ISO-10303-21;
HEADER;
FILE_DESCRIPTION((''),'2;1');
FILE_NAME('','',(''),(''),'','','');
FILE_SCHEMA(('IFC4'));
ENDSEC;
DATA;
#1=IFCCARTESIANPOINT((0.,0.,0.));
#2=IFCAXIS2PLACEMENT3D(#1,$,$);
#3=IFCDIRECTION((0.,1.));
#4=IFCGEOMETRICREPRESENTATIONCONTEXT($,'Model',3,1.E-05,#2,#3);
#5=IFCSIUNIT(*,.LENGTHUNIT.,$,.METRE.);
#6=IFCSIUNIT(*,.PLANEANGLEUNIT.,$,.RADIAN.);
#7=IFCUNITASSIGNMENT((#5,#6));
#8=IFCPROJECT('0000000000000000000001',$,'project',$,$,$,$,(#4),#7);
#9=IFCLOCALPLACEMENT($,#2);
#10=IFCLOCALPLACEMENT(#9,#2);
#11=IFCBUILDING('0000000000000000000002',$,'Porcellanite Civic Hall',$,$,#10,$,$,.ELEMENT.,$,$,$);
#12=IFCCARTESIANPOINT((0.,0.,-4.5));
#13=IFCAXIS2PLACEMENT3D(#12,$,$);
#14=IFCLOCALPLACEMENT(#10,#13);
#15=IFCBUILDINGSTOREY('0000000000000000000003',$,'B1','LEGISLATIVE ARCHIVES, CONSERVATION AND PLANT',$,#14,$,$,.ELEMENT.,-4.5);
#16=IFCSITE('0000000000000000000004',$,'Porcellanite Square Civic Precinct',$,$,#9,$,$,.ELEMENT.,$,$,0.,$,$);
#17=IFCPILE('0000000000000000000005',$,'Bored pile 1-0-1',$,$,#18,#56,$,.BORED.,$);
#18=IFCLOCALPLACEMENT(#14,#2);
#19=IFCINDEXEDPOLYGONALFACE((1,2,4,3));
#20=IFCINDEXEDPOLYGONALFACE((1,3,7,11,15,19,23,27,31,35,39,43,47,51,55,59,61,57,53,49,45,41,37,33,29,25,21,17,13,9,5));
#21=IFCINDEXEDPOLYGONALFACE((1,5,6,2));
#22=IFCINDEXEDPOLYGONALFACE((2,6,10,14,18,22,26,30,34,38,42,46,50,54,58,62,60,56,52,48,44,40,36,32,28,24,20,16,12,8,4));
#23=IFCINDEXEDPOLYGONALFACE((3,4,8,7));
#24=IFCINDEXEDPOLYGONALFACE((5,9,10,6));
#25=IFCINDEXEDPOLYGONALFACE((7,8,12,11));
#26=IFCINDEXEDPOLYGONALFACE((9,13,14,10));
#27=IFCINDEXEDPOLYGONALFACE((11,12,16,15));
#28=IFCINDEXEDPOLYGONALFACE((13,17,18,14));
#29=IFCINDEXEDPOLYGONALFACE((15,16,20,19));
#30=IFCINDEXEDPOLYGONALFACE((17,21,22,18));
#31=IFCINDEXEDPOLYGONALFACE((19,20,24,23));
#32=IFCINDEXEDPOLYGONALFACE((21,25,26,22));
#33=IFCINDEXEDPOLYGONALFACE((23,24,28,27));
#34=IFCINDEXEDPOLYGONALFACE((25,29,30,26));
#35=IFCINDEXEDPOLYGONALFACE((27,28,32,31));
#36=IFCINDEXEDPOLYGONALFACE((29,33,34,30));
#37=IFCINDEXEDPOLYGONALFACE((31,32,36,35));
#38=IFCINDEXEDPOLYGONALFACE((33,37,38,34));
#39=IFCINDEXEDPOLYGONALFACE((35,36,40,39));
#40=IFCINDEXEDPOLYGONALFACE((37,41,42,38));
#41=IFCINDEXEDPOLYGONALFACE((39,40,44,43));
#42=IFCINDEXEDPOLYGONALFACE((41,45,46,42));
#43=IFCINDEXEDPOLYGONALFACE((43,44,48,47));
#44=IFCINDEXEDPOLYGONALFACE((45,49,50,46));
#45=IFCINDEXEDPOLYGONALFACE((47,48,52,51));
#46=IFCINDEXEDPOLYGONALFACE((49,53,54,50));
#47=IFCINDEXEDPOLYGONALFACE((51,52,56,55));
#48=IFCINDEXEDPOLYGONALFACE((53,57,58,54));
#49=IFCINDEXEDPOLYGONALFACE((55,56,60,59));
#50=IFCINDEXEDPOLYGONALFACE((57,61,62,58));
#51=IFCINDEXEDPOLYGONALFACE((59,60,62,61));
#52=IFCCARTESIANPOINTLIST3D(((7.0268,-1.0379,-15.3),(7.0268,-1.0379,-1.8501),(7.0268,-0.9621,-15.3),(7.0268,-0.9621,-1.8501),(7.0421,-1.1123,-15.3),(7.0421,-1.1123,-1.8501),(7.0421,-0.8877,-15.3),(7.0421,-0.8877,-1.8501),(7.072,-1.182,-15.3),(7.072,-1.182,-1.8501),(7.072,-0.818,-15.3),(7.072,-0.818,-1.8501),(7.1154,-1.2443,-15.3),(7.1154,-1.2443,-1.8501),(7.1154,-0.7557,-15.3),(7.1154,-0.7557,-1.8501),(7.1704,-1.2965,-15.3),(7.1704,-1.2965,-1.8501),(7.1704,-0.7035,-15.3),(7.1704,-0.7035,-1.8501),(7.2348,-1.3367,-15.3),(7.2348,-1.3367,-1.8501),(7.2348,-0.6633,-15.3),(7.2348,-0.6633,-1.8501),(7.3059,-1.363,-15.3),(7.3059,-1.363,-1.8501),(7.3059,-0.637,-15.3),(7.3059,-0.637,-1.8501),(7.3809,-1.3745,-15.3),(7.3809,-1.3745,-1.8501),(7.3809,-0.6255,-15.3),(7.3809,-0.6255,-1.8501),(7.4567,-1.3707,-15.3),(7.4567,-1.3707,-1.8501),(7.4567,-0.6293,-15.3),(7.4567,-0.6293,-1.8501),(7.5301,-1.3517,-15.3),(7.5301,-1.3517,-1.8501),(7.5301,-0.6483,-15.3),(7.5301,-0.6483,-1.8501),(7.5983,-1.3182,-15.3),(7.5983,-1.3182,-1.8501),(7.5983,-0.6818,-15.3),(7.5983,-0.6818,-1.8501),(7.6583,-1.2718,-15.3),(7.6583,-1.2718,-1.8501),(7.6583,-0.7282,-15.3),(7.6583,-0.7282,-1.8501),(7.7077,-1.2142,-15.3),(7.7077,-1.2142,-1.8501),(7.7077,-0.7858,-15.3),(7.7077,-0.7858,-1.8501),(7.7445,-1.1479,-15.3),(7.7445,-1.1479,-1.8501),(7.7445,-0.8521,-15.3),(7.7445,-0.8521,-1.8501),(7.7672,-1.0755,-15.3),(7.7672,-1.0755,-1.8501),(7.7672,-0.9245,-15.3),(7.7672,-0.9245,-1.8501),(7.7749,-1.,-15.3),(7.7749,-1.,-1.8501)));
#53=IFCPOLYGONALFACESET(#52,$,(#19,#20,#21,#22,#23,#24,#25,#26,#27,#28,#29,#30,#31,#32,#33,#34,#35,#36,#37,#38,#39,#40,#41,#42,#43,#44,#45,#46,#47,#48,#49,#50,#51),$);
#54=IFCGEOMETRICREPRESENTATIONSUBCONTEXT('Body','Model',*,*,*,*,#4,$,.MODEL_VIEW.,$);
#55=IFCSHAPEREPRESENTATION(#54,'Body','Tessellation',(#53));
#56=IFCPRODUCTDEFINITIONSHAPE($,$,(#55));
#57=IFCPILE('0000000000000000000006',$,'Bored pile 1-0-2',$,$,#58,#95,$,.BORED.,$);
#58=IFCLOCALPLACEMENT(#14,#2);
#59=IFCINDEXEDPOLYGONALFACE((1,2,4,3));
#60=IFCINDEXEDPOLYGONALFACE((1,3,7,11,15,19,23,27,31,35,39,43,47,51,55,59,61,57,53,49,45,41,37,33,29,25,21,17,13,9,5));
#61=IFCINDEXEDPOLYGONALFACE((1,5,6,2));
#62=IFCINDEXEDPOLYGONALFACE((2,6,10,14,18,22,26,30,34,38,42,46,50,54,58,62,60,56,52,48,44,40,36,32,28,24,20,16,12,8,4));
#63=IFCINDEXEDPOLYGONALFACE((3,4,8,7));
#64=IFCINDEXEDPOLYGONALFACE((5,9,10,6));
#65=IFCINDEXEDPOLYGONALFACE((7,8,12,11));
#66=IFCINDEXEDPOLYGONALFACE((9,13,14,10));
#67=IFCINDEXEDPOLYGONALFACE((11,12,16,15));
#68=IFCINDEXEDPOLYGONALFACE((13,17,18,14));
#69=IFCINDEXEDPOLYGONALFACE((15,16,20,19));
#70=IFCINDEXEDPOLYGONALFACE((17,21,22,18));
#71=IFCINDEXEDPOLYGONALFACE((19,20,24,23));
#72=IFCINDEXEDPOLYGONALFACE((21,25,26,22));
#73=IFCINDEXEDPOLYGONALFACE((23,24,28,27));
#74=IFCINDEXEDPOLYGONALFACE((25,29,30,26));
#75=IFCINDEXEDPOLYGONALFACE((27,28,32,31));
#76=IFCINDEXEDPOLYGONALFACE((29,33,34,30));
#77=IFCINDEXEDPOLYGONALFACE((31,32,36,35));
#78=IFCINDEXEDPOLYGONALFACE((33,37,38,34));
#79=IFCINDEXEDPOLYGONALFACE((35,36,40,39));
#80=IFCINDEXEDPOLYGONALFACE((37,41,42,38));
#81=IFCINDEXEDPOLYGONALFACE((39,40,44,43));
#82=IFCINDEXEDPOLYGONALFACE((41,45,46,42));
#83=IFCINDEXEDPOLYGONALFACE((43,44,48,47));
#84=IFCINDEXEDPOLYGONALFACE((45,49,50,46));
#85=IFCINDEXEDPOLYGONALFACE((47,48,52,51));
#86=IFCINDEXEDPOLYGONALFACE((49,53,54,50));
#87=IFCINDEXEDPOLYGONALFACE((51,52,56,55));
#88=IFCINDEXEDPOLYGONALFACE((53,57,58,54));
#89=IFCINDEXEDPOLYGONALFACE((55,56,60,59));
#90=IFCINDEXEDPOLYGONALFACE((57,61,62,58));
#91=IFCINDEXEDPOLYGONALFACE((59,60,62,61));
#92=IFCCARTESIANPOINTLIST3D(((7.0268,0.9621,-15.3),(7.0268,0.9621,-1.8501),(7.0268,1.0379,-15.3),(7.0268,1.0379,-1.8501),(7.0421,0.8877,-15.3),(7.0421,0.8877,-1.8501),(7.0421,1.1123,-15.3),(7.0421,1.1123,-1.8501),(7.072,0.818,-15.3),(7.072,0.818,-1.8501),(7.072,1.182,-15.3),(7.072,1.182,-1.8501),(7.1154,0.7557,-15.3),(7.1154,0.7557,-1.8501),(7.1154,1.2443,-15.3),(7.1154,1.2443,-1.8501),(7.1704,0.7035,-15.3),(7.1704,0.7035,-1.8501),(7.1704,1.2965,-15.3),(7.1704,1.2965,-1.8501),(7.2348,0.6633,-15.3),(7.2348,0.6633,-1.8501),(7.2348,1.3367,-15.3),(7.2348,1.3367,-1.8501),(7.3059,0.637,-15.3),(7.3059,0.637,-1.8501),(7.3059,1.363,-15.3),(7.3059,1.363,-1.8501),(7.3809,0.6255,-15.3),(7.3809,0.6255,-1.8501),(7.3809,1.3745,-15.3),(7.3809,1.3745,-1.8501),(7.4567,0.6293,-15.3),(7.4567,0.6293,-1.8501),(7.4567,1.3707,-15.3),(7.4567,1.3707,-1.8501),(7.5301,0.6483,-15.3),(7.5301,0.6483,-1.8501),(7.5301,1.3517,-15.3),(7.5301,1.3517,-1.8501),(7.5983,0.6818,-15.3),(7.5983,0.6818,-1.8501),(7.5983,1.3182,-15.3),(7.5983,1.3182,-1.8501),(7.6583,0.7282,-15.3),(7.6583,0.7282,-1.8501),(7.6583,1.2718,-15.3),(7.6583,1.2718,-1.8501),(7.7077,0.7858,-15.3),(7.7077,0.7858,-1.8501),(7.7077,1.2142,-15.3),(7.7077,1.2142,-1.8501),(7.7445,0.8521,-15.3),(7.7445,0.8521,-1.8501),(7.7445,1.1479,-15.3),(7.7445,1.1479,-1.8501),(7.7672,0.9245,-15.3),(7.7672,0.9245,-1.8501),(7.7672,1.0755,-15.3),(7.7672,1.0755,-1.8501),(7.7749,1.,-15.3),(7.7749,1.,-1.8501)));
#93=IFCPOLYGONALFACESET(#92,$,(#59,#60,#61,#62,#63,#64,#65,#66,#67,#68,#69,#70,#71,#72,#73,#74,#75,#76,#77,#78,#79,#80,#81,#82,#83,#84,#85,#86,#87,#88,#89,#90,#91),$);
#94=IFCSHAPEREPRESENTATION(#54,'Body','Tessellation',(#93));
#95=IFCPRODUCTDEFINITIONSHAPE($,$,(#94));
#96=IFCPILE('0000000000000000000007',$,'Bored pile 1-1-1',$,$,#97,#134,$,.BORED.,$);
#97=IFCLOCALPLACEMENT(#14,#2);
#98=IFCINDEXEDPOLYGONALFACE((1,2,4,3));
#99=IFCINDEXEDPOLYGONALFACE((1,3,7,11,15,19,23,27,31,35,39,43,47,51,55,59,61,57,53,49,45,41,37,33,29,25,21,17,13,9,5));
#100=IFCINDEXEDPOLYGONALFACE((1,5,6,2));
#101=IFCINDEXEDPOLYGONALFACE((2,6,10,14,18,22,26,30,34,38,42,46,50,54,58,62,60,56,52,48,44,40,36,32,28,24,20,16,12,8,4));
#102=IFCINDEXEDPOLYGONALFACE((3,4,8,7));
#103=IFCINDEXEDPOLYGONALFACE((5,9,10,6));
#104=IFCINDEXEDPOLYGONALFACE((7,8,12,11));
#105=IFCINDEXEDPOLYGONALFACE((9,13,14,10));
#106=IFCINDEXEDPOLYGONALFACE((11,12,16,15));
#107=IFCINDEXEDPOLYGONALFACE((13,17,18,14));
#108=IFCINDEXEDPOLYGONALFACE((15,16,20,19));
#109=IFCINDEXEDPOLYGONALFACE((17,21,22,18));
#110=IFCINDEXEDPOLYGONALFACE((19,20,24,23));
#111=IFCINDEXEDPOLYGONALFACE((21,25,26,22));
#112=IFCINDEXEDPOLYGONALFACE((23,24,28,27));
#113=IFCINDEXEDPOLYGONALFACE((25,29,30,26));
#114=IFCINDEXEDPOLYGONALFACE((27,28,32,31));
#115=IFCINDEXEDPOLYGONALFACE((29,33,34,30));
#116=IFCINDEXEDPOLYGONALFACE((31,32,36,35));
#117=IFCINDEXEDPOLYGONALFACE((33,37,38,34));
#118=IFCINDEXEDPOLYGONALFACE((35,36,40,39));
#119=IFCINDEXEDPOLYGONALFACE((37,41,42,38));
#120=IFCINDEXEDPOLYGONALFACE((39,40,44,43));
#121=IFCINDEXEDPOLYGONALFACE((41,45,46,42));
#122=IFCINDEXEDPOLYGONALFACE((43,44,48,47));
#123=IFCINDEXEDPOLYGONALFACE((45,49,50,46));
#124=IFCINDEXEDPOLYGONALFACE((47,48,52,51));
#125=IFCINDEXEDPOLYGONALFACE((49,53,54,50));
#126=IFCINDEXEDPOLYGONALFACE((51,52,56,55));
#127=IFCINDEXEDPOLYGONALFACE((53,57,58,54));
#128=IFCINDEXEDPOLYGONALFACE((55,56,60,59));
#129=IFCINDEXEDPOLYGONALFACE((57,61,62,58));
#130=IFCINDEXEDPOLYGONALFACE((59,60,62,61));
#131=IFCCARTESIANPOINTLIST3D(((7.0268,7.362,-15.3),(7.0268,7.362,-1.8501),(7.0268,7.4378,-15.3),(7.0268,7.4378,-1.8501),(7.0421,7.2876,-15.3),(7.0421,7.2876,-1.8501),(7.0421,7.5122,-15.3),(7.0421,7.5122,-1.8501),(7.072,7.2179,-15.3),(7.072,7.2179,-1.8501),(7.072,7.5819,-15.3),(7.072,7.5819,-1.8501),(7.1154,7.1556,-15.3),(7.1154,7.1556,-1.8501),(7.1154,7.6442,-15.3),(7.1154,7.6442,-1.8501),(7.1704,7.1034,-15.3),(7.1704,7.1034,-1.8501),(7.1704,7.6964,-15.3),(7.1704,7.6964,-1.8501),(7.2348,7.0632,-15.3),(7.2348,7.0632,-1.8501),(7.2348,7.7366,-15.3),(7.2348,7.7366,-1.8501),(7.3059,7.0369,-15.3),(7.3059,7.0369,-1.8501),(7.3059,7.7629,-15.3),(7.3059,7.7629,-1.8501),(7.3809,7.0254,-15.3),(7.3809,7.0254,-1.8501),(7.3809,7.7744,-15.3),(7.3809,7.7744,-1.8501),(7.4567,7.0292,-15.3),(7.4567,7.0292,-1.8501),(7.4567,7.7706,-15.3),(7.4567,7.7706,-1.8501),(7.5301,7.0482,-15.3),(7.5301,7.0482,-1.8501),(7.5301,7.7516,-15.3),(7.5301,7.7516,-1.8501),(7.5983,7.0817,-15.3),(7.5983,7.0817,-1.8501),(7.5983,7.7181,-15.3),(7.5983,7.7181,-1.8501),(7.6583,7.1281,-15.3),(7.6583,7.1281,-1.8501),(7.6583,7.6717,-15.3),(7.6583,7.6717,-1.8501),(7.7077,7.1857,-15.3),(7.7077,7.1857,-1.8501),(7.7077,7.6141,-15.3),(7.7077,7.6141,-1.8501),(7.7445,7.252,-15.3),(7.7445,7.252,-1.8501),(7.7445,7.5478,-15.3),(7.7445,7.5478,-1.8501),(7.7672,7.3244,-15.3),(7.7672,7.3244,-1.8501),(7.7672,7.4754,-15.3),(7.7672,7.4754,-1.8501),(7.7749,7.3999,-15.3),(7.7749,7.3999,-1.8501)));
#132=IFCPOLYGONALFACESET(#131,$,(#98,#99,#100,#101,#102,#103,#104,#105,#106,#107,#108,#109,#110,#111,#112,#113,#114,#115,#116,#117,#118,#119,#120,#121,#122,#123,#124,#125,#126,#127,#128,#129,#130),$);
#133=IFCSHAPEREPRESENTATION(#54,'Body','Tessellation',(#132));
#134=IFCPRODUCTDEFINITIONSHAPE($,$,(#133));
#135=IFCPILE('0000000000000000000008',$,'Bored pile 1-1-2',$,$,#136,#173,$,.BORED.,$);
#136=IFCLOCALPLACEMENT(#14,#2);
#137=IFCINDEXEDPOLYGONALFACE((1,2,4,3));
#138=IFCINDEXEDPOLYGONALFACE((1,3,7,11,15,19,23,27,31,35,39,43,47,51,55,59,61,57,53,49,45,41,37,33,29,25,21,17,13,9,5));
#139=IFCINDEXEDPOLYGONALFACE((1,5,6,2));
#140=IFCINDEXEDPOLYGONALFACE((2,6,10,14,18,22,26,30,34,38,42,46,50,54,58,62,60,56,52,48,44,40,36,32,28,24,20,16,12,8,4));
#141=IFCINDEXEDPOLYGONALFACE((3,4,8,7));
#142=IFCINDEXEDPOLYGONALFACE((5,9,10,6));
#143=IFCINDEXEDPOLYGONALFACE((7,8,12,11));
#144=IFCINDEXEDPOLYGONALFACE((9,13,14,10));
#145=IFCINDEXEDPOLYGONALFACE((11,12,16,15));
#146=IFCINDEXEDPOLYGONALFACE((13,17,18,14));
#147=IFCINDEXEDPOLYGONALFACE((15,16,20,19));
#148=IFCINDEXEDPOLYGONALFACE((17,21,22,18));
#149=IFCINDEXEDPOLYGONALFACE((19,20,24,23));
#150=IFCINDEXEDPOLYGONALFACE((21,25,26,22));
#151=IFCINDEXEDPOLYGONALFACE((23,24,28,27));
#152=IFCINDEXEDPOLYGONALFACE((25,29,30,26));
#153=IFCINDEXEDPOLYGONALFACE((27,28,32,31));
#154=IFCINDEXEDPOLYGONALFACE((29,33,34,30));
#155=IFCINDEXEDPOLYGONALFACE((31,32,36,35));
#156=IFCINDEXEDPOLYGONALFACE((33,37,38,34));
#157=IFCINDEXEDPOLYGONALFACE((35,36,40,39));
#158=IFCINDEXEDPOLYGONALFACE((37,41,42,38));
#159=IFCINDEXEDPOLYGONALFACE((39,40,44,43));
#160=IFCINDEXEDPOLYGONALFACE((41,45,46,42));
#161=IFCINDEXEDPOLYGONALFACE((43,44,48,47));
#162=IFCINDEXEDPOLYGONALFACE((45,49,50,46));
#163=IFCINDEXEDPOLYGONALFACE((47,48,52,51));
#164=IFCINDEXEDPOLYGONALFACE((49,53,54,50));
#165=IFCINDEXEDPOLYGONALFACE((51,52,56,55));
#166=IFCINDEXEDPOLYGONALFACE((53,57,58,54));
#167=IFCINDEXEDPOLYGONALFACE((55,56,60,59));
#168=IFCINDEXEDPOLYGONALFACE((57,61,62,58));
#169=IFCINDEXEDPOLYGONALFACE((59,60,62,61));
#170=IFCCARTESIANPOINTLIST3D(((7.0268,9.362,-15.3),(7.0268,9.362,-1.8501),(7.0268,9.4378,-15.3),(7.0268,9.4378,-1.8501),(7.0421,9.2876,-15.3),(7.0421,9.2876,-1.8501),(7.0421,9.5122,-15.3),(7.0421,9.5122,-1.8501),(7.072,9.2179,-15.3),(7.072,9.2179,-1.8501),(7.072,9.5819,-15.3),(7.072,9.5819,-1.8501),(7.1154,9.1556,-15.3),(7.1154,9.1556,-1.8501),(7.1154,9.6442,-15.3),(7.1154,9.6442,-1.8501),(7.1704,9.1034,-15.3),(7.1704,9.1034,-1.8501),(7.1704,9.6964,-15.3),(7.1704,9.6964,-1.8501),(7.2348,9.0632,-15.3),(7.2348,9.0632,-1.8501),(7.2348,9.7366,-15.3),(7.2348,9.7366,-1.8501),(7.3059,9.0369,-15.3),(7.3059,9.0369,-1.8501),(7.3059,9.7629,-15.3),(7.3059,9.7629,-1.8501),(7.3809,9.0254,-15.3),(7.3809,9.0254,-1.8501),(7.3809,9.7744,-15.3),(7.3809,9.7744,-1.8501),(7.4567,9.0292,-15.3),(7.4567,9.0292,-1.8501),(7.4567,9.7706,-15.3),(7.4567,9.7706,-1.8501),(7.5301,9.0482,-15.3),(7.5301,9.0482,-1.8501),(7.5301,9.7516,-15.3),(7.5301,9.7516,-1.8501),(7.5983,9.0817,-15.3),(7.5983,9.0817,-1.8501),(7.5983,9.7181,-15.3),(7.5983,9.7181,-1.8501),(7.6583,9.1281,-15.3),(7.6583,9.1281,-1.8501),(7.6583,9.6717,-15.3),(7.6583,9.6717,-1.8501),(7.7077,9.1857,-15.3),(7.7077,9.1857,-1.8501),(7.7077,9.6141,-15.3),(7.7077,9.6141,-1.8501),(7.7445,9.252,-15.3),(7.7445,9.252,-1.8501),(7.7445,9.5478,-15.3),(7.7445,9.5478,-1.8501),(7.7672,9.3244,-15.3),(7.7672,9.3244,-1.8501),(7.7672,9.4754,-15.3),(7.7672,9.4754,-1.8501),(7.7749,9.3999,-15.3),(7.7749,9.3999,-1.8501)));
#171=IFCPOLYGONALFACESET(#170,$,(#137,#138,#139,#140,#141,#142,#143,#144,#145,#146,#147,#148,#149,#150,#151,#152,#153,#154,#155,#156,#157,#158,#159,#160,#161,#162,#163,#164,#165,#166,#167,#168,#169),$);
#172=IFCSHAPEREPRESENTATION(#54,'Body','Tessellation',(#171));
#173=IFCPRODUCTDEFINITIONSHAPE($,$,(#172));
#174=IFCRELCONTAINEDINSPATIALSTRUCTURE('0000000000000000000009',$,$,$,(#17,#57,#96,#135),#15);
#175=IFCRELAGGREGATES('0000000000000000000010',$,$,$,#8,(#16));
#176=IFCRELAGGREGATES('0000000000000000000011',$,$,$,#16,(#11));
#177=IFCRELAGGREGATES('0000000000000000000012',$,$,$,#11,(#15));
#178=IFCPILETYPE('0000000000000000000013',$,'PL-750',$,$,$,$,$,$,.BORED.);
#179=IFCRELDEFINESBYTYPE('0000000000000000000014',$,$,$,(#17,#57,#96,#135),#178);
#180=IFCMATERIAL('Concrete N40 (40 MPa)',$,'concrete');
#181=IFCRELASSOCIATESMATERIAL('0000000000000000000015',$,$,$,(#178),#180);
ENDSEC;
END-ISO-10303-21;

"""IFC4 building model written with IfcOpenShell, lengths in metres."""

from ifc_helpers import new_model, si_unit, direction, frame, origin, origin_2d, place, context, subcontext, project, spatial, circle, extrude, material, material_profile, profile_set, type_object, element, save


model = new_model("IFC4")

# Units and contexts
model_context = context("Model", 3, precision=1e-05, world=origin(), true_north=direction((0.0, 1.0)))
body_context = subcontext(model_context, "Body", "Model", "MODEL_VIEW")
ifc_project = project(units=[si_unit("LENGTHUNIT", "METRE"), si_unit("PLANEANGLEUNIT", "RADIAN")], contexts=[model_context])

# Site, building, storey
site_placement = place(None, origin())
site = spatial("IfcSite", under=ifc_project, at=site_placement, Name="Porcellanite Square Civic Precinct", CompositionType="ELEMENT", RefElevation=0.0)
building_placement = place(site_placement, origin())
building = spatial("IfcBuilding", under=site, at=building_placement, Name="Porcellanite Civic Hall", CompositionType="ELEMENT")
storey_placement = place(building_placement, frame((0.0, 0.0, -4.5)))
storey = spatial("IfcBuildingStorey", under=building, at=storey_placement, Name="B1", Description="LEGISLATIVE ARCHIVES, CONSERVATION AND PLANT", CompositionType="ELEMENT", Elevation=-4.5)

# Piles
ifc_material_1 = material(Name="Concrete N40 (40 MPa)", Category="concrete")
ifc_material_profile_1 = material_profile(ifc_material_1, circle(Radius=0.375, at=origin_2d()), Name="PILE-D750")
ifc_profile_set_1 = profile_set([ifc_material_profile_1], Name="Concrete N40 (40 MPa)")
pile_type_1 = type_object("IfcPileType", Name="PL-750", PredefinedType="BORED", material=ifc_profile_set_1)
for number, where, z_axis, x_axis, name in (
    (1, (7.3999, -1.0, -1.8501), (0.0, 0.0, -1.0), (1.0, 0.0, 0.0), "Bored pile 1-0-1"),
    (2, (7.3999, 1.0, -1.8501), (0.0, 0.0, -1.0), (1.0, 0.0, 0.0), "Bored pile 1-0-2"),
    (3, (7.3999, 7.3999, -1.8501), (0.0, 0.0, -1.0), (1.0, 0.0, 0.0), "Bored pile 1-1-1"),
    (4, (7.3999, 9.3999, -1.8501), (0.0, 0.0, -1.0), (1.0, 0.0, 0.0), "Bored pile 1-1-2"),
):
    element("IfcPile", number, at=place(storey_placement, frame(where, z_axis=z_axis, x_axis=x_axis)), inside=storey, type_object=pile_type_1, Name=name, PredefinedType="BORED", context=body_context, shape_type="SweptSolid", body=[
        extrude(circle(Radius=0.375, at=origin_2d()), origin(), (0.0, 0.0, 1.0), 13.45),
    ])

save(model, "model.ifc")
